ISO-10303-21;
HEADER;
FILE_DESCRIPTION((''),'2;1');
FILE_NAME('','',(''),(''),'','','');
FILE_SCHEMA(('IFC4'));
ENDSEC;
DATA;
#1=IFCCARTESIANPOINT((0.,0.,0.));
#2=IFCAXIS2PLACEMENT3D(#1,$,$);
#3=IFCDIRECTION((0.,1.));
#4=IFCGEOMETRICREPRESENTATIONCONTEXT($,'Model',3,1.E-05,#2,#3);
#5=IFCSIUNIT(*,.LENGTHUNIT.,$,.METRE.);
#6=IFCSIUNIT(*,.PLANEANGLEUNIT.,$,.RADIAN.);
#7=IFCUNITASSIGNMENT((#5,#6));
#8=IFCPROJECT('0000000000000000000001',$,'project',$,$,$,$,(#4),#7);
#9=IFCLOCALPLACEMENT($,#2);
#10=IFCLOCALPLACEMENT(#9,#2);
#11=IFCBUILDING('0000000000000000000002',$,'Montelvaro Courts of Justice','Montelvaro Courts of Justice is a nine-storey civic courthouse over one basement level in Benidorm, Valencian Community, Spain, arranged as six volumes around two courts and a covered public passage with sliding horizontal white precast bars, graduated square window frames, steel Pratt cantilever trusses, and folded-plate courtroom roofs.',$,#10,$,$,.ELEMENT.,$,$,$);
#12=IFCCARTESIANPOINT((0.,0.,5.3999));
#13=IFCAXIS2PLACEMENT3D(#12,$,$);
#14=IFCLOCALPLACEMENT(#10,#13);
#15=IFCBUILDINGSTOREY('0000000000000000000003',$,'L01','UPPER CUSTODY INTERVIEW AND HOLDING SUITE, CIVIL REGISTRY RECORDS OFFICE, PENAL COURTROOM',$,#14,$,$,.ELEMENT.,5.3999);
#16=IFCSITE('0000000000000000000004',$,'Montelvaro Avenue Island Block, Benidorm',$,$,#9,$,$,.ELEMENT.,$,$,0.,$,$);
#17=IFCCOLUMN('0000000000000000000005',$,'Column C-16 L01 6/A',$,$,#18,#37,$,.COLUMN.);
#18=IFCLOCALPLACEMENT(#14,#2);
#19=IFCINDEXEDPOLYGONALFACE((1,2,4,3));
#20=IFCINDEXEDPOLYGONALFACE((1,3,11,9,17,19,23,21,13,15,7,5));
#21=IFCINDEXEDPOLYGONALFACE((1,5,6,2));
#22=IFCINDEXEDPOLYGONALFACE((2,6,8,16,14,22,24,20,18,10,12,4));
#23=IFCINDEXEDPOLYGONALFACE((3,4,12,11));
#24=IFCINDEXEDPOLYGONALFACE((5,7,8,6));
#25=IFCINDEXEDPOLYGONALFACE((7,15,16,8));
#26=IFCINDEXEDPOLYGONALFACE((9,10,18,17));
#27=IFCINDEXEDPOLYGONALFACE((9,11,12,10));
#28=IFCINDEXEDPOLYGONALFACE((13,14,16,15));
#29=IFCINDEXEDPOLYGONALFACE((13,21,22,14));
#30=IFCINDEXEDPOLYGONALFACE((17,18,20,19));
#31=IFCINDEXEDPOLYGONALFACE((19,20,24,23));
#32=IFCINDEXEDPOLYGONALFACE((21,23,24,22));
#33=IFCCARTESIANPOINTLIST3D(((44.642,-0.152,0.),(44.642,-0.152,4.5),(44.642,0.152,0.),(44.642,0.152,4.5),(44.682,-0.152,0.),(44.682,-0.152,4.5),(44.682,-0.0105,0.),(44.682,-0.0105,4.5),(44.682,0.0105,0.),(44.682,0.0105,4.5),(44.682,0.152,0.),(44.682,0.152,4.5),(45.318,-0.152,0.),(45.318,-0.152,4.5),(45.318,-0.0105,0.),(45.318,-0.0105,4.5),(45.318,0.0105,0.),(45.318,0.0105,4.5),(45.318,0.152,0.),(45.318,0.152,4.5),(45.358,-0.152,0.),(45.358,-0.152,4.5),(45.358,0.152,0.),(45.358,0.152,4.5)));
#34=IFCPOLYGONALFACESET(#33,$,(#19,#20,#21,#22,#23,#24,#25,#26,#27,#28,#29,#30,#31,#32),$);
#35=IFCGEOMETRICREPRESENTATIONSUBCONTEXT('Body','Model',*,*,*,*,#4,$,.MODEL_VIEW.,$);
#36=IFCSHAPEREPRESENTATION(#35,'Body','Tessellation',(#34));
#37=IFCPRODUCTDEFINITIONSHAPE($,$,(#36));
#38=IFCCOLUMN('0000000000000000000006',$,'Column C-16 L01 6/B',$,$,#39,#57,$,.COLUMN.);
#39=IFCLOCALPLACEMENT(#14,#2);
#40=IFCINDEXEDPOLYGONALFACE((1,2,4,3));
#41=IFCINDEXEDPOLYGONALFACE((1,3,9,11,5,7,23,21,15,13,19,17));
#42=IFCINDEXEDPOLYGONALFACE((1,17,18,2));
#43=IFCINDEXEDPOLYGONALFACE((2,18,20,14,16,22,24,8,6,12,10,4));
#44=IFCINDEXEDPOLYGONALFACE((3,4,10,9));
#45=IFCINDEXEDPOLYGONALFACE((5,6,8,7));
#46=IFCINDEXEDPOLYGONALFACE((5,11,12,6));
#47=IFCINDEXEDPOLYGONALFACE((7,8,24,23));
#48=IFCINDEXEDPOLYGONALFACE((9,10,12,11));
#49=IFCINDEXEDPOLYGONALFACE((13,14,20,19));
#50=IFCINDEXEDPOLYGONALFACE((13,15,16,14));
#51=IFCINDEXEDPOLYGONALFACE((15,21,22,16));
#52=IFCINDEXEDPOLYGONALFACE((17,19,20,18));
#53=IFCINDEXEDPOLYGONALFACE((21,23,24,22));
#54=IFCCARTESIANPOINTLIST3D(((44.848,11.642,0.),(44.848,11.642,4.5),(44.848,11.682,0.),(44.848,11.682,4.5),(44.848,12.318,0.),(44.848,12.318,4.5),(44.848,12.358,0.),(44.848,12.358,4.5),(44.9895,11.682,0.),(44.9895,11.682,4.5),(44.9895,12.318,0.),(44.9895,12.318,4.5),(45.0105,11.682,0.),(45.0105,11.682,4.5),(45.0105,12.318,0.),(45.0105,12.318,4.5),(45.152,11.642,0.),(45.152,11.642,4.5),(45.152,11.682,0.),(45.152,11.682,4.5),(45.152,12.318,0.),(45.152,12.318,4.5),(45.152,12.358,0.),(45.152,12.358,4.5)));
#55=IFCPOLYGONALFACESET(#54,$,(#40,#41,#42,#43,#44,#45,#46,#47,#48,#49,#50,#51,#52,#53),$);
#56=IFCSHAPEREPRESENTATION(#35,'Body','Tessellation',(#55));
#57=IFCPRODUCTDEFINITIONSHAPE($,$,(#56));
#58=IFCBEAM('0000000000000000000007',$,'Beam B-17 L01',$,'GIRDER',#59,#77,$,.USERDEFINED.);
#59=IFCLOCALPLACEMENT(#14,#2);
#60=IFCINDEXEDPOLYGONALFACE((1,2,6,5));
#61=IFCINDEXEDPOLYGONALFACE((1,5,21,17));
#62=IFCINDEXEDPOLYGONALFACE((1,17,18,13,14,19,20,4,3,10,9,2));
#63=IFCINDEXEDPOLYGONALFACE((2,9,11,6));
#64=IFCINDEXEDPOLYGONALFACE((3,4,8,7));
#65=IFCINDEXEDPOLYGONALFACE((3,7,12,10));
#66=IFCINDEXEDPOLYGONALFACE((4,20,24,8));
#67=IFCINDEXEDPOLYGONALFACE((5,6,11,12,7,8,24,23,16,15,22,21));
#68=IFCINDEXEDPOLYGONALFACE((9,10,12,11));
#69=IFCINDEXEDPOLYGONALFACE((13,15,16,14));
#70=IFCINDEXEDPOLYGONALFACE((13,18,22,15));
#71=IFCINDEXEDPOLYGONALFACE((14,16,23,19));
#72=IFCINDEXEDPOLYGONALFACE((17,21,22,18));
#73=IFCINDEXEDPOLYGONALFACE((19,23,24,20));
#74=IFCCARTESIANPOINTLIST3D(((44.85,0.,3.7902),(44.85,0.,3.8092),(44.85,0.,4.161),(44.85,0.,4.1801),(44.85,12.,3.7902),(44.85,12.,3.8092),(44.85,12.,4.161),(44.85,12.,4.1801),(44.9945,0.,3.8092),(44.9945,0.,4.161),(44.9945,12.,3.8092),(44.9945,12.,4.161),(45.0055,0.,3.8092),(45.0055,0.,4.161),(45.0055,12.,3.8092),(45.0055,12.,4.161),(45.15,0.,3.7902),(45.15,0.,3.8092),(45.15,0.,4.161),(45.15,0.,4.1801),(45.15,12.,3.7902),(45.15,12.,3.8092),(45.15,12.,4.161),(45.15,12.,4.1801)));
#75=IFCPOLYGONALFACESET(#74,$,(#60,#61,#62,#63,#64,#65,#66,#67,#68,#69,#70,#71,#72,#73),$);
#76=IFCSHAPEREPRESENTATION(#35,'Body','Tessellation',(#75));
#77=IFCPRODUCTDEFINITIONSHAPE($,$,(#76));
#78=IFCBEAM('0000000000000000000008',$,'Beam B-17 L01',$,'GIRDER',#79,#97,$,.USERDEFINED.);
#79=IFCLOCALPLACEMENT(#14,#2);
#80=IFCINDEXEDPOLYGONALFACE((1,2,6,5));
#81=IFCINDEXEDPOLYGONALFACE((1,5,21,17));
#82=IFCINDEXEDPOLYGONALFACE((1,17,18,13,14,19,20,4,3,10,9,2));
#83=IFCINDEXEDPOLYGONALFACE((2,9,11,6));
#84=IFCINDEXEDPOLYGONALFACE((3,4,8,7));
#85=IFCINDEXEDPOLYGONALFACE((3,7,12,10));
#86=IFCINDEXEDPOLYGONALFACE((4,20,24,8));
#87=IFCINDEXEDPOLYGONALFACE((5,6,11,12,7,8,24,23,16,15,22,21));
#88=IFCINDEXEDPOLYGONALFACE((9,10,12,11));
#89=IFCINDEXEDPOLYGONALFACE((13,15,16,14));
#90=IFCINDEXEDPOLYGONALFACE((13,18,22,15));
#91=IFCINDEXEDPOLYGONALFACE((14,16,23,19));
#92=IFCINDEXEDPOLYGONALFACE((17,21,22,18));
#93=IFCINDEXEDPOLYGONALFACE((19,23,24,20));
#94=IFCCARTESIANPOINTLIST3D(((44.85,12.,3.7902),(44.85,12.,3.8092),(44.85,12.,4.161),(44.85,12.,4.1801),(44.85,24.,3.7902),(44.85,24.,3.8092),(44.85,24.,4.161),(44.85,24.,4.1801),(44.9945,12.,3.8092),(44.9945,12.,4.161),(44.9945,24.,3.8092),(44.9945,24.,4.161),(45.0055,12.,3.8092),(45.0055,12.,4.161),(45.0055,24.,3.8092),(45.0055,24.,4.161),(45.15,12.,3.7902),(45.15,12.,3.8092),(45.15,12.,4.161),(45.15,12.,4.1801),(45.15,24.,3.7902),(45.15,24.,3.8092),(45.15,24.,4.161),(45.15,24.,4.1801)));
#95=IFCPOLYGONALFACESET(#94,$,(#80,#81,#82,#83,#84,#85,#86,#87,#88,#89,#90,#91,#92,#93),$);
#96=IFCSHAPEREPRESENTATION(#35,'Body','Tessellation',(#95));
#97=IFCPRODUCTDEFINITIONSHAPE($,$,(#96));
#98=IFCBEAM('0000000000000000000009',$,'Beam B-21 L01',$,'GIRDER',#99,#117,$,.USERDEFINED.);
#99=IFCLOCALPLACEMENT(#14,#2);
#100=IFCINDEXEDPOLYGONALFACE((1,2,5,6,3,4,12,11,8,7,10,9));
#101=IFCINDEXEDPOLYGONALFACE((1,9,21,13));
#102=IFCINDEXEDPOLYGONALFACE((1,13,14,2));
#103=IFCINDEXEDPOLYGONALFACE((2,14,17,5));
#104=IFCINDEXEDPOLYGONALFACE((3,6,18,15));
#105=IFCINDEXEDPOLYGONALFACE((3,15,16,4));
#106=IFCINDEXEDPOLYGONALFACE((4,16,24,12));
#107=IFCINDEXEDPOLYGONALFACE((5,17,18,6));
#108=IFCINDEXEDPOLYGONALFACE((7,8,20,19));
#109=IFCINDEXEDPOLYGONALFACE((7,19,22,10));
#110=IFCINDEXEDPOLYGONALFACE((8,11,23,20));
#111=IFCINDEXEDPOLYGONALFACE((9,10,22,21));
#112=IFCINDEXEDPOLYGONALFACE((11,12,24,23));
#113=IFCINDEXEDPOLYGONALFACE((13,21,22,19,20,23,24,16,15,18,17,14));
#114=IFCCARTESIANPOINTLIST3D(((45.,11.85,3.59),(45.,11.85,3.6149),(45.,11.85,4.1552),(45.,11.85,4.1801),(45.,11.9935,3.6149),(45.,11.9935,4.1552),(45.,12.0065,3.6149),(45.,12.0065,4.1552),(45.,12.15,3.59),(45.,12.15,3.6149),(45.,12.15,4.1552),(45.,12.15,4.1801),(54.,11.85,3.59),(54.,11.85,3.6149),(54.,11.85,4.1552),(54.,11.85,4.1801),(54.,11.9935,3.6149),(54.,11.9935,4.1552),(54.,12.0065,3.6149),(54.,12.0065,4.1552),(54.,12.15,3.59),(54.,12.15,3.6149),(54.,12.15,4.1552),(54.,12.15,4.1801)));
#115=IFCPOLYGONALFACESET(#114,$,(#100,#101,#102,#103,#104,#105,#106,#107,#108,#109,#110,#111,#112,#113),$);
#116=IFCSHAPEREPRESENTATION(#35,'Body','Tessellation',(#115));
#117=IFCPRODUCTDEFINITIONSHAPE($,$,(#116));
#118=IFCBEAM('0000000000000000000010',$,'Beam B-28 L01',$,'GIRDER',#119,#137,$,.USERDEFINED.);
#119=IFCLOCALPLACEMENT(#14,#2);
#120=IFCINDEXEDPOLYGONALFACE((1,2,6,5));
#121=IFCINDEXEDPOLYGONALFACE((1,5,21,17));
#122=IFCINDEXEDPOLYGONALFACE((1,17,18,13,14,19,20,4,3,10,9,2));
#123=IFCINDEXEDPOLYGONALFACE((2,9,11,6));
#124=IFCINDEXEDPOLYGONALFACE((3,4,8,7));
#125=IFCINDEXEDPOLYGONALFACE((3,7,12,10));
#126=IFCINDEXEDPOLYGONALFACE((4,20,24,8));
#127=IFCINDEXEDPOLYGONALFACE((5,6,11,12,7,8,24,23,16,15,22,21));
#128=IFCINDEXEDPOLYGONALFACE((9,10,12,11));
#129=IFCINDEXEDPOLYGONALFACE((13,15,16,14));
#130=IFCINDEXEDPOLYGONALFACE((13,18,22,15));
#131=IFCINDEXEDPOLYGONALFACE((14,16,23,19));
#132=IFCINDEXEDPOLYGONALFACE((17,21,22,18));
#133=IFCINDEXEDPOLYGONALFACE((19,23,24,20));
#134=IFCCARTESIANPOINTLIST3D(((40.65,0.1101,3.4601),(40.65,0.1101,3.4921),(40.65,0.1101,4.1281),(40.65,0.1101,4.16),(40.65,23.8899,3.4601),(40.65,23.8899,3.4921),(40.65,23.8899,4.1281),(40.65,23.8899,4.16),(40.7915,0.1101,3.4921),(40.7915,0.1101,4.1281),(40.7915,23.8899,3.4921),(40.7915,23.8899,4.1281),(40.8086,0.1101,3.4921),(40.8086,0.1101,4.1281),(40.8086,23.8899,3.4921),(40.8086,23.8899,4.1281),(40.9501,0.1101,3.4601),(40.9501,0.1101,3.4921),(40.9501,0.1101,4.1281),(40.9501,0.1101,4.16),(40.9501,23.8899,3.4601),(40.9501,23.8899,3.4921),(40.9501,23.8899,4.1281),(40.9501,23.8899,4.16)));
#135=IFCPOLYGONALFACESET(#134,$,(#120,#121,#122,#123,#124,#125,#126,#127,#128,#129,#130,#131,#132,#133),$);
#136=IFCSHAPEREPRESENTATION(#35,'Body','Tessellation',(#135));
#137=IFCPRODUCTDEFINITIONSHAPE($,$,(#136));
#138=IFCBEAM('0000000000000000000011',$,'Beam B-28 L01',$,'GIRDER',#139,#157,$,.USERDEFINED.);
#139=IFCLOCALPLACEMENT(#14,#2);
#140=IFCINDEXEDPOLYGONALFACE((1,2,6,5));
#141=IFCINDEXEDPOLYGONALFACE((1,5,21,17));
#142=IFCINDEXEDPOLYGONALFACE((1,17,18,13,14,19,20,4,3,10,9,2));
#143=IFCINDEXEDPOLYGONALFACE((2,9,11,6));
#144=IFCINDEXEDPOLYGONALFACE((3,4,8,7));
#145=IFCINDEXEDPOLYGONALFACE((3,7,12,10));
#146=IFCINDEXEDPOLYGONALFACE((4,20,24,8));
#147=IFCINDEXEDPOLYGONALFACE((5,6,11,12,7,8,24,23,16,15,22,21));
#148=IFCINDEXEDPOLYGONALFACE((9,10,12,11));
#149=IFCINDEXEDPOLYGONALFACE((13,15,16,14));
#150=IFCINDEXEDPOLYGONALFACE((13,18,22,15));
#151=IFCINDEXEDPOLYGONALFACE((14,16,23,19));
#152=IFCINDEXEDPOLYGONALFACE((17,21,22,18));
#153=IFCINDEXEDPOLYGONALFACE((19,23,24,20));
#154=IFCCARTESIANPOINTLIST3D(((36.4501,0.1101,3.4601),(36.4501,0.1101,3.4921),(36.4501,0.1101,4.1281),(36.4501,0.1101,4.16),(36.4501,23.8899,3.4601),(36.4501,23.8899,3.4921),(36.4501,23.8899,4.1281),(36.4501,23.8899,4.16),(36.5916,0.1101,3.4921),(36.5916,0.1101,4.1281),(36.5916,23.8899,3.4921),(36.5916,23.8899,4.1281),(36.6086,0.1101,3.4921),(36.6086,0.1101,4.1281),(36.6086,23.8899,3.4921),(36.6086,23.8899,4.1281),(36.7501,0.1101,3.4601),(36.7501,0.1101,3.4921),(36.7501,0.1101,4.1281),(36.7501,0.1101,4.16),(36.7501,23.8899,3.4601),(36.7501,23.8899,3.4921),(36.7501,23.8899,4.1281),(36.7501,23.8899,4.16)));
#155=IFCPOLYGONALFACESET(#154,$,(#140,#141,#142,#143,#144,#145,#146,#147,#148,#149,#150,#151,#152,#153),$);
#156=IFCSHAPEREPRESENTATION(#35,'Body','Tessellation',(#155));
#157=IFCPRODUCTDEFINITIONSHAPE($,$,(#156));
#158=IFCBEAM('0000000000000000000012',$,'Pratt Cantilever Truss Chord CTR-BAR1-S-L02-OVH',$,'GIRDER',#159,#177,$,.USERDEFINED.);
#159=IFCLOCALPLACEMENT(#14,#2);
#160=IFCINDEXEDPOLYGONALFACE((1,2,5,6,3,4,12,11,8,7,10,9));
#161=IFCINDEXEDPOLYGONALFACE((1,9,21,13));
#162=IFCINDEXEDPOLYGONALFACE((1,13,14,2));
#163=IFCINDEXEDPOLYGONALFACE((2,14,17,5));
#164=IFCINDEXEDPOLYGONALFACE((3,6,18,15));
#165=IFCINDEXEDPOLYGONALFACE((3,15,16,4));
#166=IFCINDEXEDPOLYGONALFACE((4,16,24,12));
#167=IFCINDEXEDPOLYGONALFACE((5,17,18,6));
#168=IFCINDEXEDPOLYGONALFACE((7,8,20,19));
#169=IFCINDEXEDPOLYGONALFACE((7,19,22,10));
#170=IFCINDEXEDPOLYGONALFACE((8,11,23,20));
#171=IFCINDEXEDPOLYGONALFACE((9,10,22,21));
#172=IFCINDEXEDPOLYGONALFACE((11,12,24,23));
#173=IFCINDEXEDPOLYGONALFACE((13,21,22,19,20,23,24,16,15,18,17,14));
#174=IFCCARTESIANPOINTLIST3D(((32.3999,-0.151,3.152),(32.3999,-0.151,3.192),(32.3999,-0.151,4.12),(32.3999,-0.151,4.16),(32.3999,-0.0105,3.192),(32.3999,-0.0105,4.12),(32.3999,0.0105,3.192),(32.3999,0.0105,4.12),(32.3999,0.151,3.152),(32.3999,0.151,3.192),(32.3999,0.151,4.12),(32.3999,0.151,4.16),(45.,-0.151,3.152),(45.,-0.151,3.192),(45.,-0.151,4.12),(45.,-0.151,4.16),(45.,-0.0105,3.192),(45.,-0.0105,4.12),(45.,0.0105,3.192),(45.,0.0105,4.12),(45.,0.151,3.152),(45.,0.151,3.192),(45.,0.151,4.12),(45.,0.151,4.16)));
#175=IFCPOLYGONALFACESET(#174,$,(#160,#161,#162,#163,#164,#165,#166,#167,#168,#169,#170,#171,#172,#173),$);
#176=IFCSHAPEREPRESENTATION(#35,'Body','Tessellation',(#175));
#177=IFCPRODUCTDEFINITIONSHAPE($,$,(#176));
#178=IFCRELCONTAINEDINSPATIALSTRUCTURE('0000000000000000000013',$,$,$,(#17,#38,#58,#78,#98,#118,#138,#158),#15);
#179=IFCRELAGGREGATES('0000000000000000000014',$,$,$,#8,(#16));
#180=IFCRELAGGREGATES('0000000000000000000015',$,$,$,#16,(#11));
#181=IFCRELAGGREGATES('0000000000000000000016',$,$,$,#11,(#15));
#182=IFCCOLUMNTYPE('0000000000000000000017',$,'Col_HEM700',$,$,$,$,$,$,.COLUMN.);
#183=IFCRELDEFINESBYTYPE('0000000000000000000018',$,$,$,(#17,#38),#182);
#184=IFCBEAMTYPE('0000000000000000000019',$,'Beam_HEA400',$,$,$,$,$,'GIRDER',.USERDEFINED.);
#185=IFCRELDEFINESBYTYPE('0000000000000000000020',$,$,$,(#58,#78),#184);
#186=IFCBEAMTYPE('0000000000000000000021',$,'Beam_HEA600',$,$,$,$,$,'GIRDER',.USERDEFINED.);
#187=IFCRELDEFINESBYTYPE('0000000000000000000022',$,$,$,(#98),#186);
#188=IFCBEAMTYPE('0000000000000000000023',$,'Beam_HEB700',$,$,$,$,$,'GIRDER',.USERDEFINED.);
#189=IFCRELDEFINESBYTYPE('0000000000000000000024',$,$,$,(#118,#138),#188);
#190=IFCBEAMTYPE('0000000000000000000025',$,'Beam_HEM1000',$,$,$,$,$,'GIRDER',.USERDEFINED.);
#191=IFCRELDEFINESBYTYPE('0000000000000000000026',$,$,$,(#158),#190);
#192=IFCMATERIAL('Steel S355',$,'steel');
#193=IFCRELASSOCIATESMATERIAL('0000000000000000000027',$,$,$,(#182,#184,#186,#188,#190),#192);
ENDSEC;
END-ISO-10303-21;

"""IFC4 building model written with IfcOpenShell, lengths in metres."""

from ifc_helpers import new_model, si_unit, direction, frame, origin, origin_2d, place, context, subcontext, project, spatial, i_section, extrude, material, material_profile, profile_set, type_object, element, save


model = new_model("IFC4")

# Units and contexts
model_context = context("Model", 3, precision=1e-05, world=origin(), true_north=direction((0.0, 1.0)))
body_context = subcontext(model_context, "Body", "Model", "MODEL_VIEW")
ifc_project = project(units=[si_unit("LENGTHUNIT", "METRE"), si_unit("PLANEANGLEUNIT", "RADIAN")], contexts=[model_context])

# Site, building, storey
site_placement = place(None, origin())
site = spatial("IfcSite", under=ifc_project, at=site_placement, Name="Montelvaro Avenue Island Block, Benidorm", CompositionType="ELEMENT", RefElevation=0.0)
building_placement = place(site_placement, origin())
building = spatial("IfcBuilding", under=site, at=building_placement, Name="Montelvaro Courts of Justice", Description="Montelvaro Courts of Justice is a nine-storey civic courthouse over one basement level in Benidorm, Valencian Community, Spain, arranged as six volumes around two courts and a covered public passage with sliding horizontal white precast bars, graduated square window frames, steel Pratt cantilever trusses, and folded-plate courtroom roofs.", CompositionType="ELEMENT")
storey_placement = place(building_placement, frame((0.0, 0.0, 5.3999)))
storey = spatial("IfcBuildingStorey", under=building, at=storey_placement, Name="L01", Description="UPPER CUSTODY INTERVIEW AND HOLDING SUITE, CIVIL REGISTRY RECORDS OFFICE, PENAL COURTROOM", CompositionType="ELEMENT", Elevation=5.3999)

# Columns
ifc_material_1 = material(Name="Steel S355", Category="steel")
ifc_material_profile_1 = material_profile(ifc_material_1, i_section(OverallWidth=0.304, OverallDepth=0.7161, WebThickness=0.021, FlangeThickness=0.04, at=origin_2d()), Name="HEM 700")
ifc_profile_set_1 = profile_set([ifc_material_profile_1], Name="Steel S355")
column_type = type_object("IfcColumnType", Name="Col_HEM700", PredefinedType="COLUMN", material=ifc_profile_set_1)
for number, where, z_axis, x_axis, name in (
    (1, (45.0, 0.0, 0.0), (0.0, 0.0, 1.0), (0.0, 1.0, 0.0), "Column C-16 L01 6/A"),
    (2, (45.0, 12.0, 0.0), (0.0, 0.0, 1.0), (1.0, 0.0, 0.0), "Column C-16 L01 6/B"),
):
    element("IfcColumn", number, at=place(storey_placement, frame(where, z_axis=z_axis, x_axis=x_axis)), inside=storey, type_object=column_type, Name=name, PredefinedType="COLUMN", context=body_context, shape_type="SweptSolid", body=[
        extrude(i_section(OverallWidth=0.304, OverallDepth=0.7161, WebThickness=0.021, FlangeThickness=0.04, at=origin_2d()), origin(), (0.0, 0.0, 1.0), 4.5),
    ])

# Beams
ifc_material_profile_2 = material_profile(ifc_material_1, i_section(OverallWidth=0.3, OverallDepth=0.3899, WebThickness=0.011, FlangeThickness=0.019, at=origin_2d()), Name="HEA 400")
ifc_profile_set_2 = profile_set([ifc_material_profile_2], Name="Steel S355")
beam_type_1 = type_object("IfcBeamType", Name="Beam_HEA400", ElementType="GIRDER", PredefinedType="USERDEFINED", material=ifc_profile_set_2)
for number, where, z_axis, x_axis, name in (
    (3, (45.0, 0.0, 3.9851), (0.0, 1.0, 0.0), (-1.0, 0.0, 0.0), "Beam B-17 L01"),
    (4, (45.0, 12.0, 3.9851), (0.0, 1.0, 0.0), (-1.0, 0.0, 0.0), "Beam B-17 L01"),
):
    element("IfcBeam", number, at=place(storey_placement, frame(where, z_axis=z_axis, x_axis=x_axis)), inside=storey, type_object=beam_type_1, Name=name, ObjectType="GIRDER", PredefinedType="USERDEFINED", context=body_context, shape_type="SweptSolid", body=[
        extrude(i_section(OverallWidth=0.3, OverallDepth=0.3899, WebThickness=0.011, FlangeThickness=0.019, at=origin_2d()), origin(), (0.0, 0.0, 1.0), 12.0),
    ])
ifc_material_profile_3 = material_profile(ifc_material_1, i_section(OverallWidth=0.3, OverallDepth=0.5901, WebThickness=0.0129, FlangeThickness=0.0249, at=origin_2d()), Name="HEA 600")
ifc_profile_set_3 = profile_set([ifc_material_profile_3], Name="Steel S355")
beam_type_2 = type_object("IfcBeamType", Name="Beam_HEA600", ElementType="GIRDER", PredefinedType="USERDEFINED", material=ifc_profile_set_3)
beam_1_placement = place(storey_placement, frame((45.0, 12.0, 3.885), z_axis=(1.0, 0.0, 0.0), x_axis=(0.0, 1.0, 0.0)))
element("IfcBeam", 5, at=beam_1_placement, inside=storey, type_object=beam_type_2, Name="Beam B-21 L01", ObjectType="GIRDER", PredefinedType="USERDEFINED", context=body_context, shape_type="SweptSolid", body=[
    extrude(i_section(OverallWidth=0.3, OverallDepth=0.5901, WebThickness=0.0129, FlangeThickness=0.0249, at=origin_2d()), origin(), (0.0, 0.0, 1.0), 9.0),
])
ifc_material_profile_4 = material_profile(ifc_material_1, i_section(OverallWidth=0.3, OverallDepth=0.7, WebThickness=0.0171, FlangeThickness=0.032, at=origin_2d()), Name="HEB 700")
ifc_profile_set_4 = profile_set([ifc_material_profile_4], Name="Steel S355")
beam_type_3 = type_object("IfcBeamType", Name="Beam_HEB700", ElementType="GIRDER", PredefinedType="USERDEFINED", material=ifc_profile_set_4)
for number, where, z_axis, x_axis, name in (
    (6, (40.8, 0.1101, 3.8101), (0.0, 1.0, 0.0), (-1.0, 0.0, 0.0), "Beam B-28 L01"),
    (7, (36.6001, 0.1101, 3.8101), (0.0, 1.0, 0.0), (-1.0, 0.0, 0.0), "Beam B-28 L01"),
):
    element("IfcBeam", number, at=place(storey_placement, frame(where, z_axis=z_axis, x_axis=x_axis)), inside=storey, type_object=beam_type_3, Name=name, ObjectType="GIRDER", PredefinedType="USERDEFINED", context=body_context, shape_type="SweptSolid", body=[
        extrude(i_section(OverallWidth=0.3, OverallDepth=0.7, WebThickness=0.0171, FlangeThickness=0.032, at=origin_2d()), origin(), (0.0, 0.0, 1.0), 23.7798),
    ])
ifc_material_profile_5 = material_profile(ifc_material_1, i_section(OverallWidth=0.302, OverallDepth=1.0081, WebThickness=0.021, FlangeThickness=0.04, at=origin_2d()), Name="HEM 1000")
ifc_profile_set_5 = profile_set([ifc_material_profile_5], Name="Steel S355")
beam_type_4 = type_object("IfcBeamType", Name="Beam_HEM1000", ElementType="GIRDER", PredefinedType="USERDEFINED", material=ifc_profile_set_5)
beam_2_placement = place(storey_placement, frame((45.0, 0.0, 3.656), z_axis=(-1.0, 0.0, 0.0), x_axis=(0.0, -1.0, 0.0)))
element("IfcBeam", 8, at=beam_2_placement, inside=storey, type_object=beam_type_4, Name="Pratt Cantilever Truss Chord CTR-BAR1-S-L02-OVH", ObjectType="GIRDER", PredefinedType="USERDEFINED", context=body_context, shape_type="SweptSolid", body=[
    extrude(i_section(OverallWidth=0.302, OverallDepth=1.0081, WebThickness=0.021, FlangeThickness=0.04, at=origin_2d()), origin(), (0.0, 0.0, 1.0), 12.6001),
])

save(model, "model.ifc")
